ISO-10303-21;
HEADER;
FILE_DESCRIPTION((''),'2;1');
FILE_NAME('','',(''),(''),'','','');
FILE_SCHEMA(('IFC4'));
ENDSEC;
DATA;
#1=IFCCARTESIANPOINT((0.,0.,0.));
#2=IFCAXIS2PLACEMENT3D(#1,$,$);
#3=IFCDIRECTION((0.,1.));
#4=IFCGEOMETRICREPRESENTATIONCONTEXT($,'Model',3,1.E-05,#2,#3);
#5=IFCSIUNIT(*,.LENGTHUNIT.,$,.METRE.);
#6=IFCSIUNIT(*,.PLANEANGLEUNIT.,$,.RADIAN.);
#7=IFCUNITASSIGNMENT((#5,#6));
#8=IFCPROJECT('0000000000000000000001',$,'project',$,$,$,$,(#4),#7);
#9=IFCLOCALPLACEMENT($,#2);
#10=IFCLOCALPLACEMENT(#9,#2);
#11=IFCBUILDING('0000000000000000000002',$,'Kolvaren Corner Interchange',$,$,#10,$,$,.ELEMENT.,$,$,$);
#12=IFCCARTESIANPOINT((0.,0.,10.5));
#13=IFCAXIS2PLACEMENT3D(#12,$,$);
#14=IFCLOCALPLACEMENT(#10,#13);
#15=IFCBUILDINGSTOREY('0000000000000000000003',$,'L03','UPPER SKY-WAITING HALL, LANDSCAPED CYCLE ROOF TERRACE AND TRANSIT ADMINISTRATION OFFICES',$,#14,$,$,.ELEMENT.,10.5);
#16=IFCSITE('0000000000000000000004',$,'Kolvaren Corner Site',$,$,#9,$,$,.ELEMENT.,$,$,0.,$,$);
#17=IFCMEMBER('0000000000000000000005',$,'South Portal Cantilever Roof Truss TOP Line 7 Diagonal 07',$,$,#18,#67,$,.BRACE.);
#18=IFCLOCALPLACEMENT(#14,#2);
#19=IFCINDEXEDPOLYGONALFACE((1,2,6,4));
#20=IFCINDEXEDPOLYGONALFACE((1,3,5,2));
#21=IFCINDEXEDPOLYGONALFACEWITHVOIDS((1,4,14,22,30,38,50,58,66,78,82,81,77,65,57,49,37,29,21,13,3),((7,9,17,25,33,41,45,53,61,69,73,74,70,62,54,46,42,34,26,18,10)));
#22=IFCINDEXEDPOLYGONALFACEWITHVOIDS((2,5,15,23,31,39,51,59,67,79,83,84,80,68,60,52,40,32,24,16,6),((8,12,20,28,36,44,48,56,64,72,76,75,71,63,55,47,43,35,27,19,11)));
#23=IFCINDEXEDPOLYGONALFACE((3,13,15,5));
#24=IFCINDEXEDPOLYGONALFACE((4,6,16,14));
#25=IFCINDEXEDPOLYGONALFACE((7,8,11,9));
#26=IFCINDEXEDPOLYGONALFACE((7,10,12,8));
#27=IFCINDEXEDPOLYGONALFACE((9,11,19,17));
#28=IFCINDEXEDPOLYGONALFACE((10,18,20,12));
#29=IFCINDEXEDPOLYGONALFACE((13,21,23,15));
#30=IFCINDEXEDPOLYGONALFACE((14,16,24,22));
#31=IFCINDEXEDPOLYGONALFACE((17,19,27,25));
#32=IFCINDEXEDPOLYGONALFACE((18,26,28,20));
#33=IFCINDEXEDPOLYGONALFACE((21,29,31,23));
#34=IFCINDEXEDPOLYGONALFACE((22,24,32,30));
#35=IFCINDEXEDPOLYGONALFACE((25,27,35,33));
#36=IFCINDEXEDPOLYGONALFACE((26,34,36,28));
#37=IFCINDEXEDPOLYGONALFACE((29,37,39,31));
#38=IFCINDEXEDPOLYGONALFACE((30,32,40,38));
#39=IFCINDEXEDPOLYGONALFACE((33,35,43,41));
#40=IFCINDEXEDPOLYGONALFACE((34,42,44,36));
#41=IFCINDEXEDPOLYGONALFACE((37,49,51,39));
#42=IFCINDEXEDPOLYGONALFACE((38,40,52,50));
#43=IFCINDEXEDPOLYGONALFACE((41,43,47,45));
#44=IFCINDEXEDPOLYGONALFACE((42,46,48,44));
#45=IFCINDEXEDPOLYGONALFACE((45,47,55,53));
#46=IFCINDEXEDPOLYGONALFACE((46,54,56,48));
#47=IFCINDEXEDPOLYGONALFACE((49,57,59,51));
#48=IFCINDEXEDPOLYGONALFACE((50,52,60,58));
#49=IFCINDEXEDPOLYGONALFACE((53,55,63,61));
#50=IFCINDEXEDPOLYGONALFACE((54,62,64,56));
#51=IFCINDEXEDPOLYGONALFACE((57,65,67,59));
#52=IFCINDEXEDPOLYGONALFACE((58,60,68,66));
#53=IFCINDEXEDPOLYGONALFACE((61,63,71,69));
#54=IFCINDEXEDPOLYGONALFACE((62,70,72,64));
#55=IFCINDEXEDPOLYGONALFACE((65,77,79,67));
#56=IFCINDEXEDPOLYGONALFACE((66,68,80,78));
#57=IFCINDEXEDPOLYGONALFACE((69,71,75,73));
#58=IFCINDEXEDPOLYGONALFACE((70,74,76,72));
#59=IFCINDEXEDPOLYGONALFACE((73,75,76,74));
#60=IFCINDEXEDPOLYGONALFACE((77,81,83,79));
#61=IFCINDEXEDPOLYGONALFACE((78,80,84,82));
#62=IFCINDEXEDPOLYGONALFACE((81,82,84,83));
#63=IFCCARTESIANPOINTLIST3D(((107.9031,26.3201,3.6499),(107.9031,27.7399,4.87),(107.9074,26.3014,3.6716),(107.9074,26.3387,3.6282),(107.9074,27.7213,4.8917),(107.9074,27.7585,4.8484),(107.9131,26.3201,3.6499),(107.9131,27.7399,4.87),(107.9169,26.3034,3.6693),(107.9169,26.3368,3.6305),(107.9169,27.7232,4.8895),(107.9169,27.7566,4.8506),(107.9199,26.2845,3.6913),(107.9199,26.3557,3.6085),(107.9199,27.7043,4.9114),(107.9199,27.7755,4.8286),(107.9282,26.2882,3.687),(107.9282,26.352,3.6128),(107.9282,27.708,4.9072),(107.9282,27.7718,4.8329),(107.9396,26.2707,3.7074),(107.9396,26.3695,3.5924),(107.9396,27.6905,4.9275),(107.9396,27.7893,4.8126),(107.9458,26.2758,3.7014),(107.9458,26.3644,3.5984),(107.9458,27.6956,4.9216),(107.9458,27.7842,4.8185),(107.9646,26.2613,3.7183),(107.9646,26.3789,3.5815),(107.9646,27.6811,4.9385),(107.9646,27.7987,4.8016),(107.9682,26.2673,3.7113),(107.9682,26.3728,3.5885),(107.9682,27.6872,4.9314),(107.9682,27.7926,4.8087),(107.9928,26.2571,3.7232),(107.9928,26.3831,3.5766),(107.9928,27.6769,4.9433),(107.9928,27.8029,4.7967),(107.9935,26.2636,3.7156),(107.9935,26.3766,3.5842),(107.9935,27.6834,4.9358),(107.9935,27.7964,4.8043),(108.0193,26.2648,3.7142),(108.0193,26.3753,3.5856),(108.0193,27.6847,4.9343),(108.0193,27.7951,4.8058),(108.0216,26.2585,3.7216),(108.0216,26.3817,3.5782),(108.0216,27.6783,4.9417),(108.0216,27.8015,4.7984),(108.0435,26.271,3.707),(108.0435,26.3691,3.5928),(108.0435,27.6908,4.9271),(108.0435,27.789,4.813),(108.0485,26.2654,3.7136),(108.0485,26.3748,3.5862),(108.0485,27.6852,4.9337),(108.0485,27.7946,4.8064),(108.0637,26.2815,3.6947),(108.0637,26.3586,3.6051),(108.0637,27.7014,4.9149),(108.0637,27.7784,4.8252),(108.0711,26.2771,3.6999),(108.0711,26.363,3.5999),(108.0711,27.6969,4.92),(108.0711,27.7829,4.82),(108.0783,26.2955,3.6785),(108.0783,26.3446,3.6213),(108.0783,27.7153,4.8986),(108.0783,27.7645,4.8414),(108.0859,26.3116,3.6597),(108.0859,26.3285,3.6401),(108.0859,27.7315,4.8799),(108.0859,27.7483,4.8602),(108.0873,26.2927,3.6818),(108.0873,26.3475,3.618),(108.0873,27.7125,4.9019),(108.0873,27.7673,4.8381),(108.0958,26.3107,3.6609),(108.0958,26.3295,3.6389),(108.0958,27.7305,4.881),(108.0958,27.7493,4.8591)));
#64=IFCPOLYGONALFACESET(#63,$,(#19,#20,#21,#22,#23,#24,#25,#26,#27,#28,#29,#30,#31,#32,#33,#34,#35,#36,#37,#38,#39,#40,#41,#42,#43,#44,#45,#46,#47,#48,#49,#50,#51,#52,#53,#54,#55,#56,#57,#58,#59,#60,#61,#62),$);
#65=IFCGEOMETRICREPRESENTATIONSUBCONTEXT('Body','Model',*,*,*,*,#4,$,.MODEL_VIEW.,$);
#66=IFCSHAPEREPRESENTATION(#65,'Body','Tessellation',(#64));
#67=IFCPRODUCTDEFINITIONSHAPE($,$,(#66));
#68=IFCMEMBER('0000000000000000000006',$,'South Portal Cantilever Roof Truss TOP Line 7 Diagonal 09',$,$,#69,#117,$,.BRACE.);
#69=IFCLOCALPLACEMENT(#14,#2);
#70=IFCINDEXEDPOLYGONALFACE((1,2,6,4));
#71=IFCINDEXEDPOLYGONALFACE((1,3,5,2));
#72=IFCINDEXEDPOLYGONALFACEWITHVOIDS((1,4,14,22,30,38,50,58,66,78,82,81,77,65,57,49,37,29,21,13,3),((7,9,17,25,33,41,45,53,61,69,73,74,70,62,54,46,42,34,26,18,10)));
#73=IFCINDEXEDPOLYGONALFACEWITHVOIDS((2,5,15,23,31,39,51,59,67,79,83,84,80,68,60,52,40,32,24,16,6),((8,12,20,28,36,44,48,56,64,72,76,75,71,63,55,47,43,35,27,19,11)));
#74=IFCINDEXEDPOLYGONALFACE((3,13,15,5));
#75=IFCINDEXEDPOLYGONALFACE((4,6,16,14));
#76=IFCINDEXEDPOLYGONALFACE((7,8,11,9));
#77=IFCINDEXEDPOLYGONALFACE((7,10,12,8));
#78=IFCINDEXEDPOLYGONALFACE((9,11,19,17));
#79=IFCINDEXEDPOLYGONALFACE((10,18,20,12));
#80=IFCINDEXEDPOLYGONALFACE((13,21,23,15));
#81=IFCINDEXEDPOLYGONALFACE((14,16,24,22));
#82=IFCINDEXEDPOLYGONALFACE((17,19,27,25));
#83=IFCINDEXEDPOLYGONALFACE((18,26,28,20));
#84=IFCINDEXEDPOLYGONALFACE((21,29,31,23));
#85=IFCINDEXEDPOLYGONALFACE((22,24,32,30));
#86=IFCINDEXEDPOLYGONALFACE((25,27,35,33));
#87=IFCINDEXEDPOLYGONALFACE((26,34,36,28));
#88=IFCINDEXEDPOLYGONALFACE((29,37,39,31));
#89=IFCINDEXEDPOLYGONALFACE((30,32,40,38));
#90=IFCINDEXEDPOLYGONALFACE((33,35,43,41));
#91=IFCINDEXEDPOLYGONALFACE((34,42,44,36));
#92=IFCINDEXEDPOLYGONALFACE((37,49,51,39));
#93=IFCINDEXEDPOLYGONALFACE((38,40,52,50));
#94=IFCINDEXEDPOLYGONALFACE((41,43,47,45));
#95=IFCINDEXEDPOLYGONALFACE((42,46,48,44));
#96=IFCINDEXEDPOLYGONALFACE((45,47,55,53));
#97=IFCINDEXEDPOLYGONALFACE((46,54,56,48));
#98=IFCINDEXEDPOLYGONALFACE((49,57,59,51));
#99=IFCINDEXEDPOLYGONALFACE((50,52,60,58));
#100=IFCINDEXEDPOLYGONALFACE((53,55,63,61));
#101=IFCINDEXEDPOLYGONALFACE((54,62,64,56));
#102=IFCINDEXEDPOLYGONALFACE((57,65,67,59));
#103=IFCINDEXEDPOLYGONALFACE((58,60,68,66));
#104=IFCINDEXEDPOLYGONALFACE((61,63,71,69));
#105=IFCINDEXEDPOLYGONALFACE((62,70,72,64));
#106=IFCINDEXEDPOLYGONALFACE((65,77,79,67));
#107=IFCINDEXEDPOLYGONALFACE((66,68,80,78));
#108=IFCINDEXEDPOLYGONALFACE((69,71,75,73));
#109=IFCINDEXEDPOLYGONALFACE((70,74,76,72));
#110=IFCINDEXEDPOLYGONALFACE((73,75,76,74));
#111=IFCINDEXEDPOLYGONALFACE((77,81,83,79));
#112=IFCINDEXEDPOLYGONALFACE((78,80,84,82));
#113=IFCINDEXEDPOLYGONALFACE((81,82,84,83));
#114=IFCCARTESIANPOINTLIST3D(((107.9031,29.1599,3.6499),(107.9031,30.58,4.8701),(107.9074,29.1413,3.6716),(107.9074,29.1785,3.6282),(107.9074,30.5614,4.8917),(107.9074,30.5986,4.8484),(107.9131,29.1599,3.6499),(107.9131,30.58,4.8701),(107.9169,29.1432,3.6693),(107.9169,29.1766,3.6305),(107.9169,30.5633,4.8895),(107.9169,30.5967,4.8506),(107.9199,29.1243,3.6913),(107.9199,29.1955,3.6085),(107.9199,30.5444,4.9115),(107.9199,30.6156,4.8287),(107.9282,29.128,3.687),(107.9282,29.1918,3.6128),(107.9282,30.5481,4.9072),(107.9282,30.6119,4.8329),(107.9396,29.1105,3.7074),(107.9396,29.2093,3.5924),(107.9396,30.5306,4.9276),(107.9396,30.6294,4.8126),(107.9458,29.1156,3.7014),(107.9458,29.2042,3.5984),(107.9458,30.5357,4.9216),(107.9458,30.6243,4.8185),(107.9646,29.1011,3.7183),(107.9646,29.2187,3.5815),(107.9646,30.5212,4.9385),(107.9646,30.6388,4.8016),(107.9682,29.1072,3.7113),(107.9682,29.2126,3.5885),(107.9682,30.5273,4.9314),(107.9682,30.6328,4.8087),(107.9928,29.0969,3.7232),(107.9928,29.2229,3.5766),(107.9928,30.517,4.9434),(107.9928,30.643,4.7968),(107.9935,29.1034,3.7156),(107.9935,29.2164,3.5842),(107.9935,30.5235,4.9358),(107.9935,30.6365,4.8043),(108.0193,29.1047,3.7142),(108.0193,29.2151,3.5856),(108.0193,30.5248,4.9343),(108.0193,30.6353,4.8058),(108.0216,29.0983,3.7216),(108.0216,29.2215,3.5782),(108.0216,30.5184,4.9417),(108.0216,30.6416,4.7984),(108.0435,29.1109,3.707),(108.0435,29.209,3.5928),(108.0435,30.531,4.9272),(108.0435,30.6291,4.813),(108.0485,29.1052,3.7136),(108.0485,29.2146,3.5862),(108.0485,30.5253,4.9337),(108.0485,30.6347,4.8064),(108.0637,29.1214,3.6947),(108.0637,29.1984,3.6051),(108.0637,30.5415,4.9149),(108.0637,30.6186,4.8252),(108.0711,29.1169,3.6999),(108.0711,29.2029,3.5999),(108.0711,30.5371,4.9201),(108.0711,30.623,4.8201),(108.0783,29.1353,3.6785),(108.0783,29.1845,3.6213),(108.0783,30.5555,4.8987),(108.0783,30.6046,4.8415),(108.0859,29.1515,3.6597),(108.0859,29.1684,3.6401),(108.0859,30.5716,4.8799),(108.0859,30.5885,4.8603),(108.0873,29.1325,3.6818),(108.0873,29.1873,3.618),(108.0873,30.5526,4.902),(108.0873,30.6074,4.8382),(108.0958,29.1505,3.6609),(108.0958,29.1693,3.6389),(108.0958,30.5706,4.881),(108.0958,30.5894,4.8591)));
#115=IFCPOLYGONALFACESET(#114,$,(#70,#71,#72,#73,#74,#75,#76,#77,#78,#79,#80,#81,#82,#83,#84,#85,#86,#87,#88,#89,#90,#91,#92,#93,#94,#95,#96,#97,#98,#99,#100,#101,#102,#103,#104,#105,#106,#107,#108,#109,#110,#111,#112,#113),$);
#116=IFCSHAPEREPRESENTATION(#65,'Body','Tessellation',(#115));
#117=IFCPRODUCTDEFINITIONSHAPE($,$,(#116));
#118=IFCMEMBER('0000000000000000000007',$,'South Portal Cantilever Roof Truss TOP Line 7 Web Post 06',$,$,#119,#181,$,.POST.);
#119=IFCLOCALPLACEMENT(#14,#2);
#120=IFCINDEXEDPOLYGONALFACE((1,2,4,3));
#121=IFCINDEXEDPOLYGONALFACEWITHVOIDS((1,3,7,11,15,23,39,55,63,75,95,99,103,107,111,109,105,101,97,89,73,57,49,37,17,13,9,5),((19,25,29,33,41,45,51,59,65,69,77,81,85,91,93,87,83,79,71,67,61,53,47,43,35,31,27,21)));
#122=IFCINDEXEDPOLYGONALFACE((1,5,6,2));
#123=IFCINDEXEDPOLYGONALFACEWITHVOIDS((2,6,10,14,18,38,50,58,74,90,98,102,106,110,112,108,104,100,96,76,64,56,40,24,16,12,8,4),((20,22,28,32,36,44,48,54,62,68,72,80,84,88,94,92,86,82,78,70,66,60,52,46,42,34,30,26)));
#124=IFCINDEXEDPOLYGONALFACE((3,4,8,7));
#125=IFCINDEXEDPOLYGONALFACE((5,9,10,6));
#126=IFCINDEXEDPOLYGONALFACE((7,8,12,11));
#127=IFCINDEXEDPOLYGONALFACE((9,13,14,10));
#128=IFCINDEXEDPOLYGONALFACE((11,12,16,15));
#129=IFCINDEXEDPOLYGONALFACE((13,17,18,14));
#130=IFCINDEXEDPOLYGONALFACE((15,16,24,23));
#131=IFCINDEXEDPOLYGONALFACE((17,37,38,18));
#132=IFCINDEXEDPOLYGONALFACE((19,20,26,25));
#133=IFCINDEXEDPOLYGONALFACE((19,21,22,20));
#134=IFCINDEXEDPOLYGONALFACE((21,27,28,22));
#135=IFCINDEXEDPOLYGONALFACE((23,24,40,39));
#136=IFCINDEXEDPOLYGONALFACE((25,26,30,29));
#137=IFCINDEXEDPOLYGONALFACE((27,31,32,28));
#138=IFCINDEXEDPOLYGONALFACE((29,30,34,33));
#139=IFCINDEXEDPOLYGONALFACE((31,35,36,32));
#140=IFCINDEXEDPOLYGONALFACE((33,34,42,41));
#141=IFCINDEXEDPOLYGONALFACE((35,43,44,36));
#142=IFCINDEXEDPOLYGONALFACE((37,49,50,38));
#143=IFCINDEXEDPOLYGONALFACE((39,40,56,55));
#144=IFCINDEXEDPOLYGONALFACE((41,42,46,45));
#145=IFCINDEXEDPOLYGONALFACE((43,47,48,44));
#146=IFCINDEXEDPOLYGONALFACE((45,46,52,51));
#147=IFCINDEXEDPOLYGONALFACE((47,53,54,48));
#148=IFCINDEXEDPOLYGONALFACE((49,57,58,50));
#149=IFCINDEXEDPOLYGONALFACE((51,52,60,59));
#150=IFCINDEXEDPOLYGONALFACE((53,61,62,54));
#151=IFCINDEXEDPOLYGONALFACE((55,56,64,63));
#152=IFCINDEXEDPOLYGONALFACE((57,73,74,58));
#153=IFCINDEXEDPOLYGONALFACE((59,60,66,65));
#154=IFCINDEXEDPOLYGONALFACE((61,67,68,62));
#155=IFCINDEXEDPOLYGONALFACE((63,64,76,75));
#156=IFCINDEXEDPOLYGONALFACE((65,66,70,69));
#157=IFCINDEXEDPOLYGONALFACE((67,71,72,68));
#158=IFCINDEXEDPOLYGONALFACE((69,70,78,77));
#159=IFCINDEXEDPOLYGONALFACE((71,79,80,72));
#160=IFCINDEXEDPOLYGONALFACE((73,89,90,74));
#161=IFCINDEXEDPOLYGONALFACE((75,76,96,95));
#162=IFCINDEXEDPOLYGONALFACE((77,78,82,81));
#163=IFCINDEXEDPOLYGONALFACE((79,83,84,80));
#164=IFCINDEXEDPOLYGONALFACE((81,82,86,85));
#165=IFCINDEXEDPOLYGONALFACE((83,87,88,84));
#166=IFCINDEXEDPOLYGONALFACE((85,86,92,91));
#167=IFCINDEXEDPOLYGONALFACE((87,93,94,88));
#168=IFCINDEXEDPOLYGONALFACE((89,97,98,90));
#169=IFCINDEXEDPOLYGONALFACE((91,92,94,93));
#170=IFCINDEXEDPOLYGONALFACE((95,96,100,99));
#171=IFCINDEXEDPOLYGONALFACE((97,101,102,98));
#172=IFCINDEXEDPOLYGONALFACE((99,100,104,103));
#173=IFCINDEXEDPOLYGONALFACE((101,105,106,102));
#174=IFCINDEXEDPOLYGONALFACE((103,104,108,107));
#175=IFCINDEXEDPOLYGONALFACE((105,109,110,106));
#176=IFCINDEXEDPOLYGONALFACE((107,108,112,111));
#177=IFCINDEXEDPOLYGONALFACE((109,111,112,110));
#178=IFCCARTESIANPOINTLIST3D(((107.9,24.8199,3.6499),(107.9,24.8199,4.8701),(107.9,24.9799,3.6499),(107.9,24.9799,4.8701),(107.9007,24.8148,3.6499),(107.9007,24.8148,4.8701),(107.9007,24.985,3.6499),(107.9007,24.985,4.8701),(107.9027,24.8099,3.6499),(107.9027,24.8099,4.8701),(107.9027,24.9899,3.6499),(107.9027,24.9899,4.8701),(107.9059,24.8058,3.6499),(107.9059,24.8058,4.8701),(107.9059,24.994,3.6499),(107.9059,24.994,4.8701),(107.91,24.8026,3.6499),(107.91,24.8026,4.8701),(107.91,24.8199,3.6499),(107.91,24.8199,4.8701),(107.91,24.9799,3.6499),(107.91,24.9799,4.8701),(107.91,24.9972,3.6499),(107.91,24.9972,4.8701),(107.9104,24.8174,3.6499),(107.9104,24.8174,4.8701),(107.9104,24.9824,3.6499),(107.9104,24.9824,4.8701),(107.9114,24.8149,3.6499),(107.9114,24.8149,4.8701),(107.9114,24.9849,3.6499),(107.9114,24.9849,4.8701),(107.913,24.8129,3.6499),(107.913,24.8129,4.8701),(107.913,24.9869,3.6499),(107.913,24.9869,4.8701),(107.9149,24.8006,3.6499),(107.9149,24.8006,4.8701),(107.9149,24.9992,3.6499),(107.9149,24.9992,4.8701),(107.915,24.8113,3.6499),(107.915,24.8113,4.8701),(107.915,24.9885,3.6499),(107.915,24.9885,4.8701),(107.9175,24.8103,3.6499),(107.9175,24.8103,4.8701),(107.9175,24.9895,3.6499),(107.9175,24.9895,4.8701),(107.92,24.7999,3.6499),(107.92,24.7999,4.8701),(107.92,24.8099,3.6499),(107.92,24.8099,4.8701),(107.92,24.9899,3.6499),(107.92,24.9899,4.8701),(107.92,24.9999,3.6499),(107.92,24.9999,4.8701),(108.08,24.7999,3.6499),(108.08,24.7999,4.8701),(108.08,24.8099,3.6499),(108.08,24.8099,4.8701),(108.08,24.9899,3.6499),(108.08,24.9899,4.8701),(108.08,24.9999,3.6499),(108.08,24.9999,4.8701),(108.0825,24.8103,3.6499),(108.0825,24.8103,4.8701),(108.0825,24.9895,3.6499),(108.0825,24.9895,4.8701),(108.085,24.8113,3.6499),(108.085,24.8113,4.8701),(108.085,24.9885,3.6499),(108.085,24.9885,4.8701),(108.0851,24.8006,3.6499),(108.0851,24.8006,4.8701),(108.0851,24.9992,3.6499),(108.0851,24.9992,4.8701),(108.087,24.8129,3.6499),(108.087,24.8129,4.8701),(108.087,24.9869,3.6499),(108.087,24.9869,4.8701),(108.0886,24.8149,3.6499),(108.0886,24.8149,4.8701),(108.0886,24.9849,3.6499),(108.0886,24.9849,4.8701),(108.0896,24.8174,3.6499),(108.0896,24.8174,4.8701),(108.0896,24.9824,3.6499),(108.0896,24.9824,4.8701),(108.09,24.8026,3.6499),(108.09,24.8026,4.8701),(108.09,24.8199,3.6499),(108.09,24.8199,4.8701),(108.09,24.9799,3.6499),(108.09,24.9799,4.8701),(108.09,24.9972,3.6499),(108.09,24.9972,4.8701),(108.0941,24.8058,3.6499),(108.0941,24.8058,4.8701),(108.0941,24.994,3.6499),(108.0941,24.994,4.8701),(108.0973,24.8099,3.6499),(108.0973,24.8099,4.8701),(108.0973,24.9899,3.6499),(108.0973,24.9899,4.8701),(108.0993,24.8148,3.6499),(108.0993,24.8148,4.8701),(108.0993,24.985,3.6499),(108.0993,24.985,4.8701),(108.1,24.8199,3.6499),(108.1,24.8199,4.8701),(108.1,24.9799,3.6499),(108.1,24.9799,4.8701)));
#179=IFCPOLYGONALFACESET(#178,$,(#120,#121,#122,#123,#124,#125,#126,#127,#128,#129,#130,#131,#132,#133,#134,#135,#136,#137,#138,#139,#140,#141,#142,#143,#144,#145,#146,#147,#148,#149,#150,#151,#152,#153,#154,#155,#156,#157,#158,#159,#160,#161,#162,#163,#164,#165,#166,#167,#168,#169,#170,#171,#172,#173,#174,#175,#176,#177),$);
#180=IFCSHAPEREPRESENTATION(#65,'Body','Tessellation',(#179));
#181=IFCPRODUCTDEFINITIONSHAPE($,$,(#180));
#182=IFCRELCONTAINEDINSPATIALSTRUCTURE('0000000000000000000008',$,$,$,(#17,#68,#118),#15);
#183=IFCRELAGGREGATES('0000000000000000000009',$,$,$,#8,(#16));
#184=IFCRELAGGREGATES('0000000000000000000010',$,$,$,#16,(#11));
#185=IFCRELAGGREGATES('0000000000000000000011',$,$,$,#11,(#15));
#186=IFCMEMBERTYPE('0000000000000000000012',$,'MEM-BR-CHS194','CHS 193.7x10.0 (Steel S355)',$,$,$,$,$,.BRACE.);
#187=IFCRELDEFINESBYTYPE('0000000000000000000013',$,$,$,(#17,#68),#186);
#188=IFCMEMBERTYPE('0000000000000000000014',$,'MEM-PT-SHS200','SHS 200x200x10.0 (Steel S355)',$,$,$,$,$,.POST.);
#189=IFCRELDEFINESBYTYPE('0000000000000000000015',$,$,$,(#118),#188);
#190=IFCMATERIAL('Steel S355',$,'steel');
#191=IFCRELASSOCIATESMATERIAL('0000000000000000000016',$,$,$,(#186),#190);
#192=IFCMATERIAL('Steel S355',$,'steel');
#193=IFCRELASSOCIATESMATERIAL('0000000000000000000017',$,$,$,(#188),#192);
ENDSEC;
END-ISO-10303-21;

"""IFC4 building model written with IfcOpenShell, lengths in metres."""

from ifc_helpers import new_model, si_unit, direction, frame, origin, origin_2d, place, context, subcontext, project, spatial, hollow_rectangle, hollow_circle, extrude, material, material_profile, profile_set, type_object, element, save


model = new_model("IFC4")

# Units and contexts
model_context = context("Model", 3, precision=1e-05, world=origin(), true_north=direction((0.0, 1.0)))
body_context = subcontext(model_context, "Body", "Model", "MODEL_VIEW")
ifc_project = project(units=[si_unit("LENGTHUNIT", "METRE"), si_unit("PLANEANGLEUNIT", "RADIAN")], contexts=[model_context])

# Site, building, storey
site_placement = place(None, origin())
site = spatial("IfcSite", under=ifc_project, at=site_placement, Name="Kolvaren Corner Site", CompositionType="ELEMENT", RefElevation=0.0)
building_placement = place(site_placement, origin())
building = spatial("IfcBuilding", under=site, at=building_placement, Name="Kolvaren Corner Interchange", CompositionType="ELEMENT")
storey_placement = place(building_placement, frame((0.0, 0.0, 10.5)))
storey = spatial("IfcBuildingStorey", under=building, at=storey_placement, Name="L03", Description="UPPER SKY-WAITING HALL, LANDSCAPED CYCLE ROOF TERRACE AND TRANSIT ADMINISTRATION OFFICES", CompositionType="ELEMENT", Elevation=10.5)

# Members
ifc_material_1 = material(Name="Steel S355", Category="steel")
ifc_material_profile_1 = material_profile(ifc_material_1, hollow_circle(Radius=0.0969, WallThickness=0.01, at=origin_2d()), Name="CHS 193.7x10.0")
ifc_profile_set_1 = profile_set([ifc_material_profile_1], Name="Steel S355")
member_type_1 = type_object("IfcMemberType", Name="MEM-BR-CHS194", Description="CHS 193.7x10.0 (Steel S355)", PredefinedType="BRACE", material=ifc_profile_set_1)
member_1_placement = place(storey_placement, frame((108.0, 26.3201, 3.6499), z_axis=(0.0, 0.758428, 0.651757), x_axis=(-1.0, 0.0, 0.0)))
element("IfcMember", 1, at=member_1_placement, inside=storey, type_object=member_type_1, Name="South Portal Cantilever Roof Truss TOP Line 7 Diagonal 07", PredefinedType="BRACE", context=body_context, shape_type="SweptSolid", body=[
    extrude(hollow_circle(Radius=0.0969, WallThickness=0.01, at=origin_2d()), origin(), (0.0, 0.0, 1.0), 1.8721),
])
member_2_placement = place(storey_placement, frame((108.0, 29.1599, 3.6499), z_axis=(0.0, 0.758483, 0.651693), x_axis=(-1.0, 0.0, 0.0)))
element("IfcMember", 2, at=member_2_placement, inside=storey, type_object=member_type_1, Name="South Portal Cantilever Roof Truss TOP Line 7 Diagonal 09", PredefinedType="BRACE", context=body_context, shape_type="SweptSolid", body=[
    extrude(hollow_circle(Radius=0.0969, WallThickness=0.01, at=origin_2d()), origin(), (0.0, 0.0, 1.0), 1.8723),
])
ifc_material_2 = material(Name="Steel S355", Category="steel")
ifc_material_profile_2 = material_profile(ifc_material_2, hollow_rectangle(XDim=0.2, YDim=0.2, WallThickness=0.01, InnerFilletRadius=0.01, OuterFilletRadius=0.02, at=origin_2d()), Name="SHS 200x200x10.0")
ifc_profile_set_2 = profile_set([ifc_material_profile_2], Name="Steel S355")
member_type_2 = type_object("IfcMemberType", Name="MEM-PT-SHS200", Description="SHS 200x200x10.0 (Steel S355)", PredefinedType="POST", material=ifc_profile_set_2)
for number, where, z_axis, x_axis, name in (
    (3, (108.0, 24.8999, 3.6499), (0.0, 0.0, 1.0), (1.0, 0.0, 0.0), "South Portal Cantilever Roof Truss TOP Line 7 Web Post 06"),
):
    element("IfcMember", number, at=place(storey_placement, frame(where, z_axis=z_axis, x_axis=x_axis)), inside=storey, type_object=member_type_2, Name=name, PredefinedType="POST", context=body_context, shape_type="SweptSolid", body=[
        extrude(hollow_rectangle(XDim=0.2, YDim=0.2, WallThickness=0.01, InnerFilletRadius=0.01, OuterFilletRadius=0.02, at=origin_2d()), origin(), (0.0, 0.0, 1.0), 1.2202),
    ])

save(model, "model.ifc")
